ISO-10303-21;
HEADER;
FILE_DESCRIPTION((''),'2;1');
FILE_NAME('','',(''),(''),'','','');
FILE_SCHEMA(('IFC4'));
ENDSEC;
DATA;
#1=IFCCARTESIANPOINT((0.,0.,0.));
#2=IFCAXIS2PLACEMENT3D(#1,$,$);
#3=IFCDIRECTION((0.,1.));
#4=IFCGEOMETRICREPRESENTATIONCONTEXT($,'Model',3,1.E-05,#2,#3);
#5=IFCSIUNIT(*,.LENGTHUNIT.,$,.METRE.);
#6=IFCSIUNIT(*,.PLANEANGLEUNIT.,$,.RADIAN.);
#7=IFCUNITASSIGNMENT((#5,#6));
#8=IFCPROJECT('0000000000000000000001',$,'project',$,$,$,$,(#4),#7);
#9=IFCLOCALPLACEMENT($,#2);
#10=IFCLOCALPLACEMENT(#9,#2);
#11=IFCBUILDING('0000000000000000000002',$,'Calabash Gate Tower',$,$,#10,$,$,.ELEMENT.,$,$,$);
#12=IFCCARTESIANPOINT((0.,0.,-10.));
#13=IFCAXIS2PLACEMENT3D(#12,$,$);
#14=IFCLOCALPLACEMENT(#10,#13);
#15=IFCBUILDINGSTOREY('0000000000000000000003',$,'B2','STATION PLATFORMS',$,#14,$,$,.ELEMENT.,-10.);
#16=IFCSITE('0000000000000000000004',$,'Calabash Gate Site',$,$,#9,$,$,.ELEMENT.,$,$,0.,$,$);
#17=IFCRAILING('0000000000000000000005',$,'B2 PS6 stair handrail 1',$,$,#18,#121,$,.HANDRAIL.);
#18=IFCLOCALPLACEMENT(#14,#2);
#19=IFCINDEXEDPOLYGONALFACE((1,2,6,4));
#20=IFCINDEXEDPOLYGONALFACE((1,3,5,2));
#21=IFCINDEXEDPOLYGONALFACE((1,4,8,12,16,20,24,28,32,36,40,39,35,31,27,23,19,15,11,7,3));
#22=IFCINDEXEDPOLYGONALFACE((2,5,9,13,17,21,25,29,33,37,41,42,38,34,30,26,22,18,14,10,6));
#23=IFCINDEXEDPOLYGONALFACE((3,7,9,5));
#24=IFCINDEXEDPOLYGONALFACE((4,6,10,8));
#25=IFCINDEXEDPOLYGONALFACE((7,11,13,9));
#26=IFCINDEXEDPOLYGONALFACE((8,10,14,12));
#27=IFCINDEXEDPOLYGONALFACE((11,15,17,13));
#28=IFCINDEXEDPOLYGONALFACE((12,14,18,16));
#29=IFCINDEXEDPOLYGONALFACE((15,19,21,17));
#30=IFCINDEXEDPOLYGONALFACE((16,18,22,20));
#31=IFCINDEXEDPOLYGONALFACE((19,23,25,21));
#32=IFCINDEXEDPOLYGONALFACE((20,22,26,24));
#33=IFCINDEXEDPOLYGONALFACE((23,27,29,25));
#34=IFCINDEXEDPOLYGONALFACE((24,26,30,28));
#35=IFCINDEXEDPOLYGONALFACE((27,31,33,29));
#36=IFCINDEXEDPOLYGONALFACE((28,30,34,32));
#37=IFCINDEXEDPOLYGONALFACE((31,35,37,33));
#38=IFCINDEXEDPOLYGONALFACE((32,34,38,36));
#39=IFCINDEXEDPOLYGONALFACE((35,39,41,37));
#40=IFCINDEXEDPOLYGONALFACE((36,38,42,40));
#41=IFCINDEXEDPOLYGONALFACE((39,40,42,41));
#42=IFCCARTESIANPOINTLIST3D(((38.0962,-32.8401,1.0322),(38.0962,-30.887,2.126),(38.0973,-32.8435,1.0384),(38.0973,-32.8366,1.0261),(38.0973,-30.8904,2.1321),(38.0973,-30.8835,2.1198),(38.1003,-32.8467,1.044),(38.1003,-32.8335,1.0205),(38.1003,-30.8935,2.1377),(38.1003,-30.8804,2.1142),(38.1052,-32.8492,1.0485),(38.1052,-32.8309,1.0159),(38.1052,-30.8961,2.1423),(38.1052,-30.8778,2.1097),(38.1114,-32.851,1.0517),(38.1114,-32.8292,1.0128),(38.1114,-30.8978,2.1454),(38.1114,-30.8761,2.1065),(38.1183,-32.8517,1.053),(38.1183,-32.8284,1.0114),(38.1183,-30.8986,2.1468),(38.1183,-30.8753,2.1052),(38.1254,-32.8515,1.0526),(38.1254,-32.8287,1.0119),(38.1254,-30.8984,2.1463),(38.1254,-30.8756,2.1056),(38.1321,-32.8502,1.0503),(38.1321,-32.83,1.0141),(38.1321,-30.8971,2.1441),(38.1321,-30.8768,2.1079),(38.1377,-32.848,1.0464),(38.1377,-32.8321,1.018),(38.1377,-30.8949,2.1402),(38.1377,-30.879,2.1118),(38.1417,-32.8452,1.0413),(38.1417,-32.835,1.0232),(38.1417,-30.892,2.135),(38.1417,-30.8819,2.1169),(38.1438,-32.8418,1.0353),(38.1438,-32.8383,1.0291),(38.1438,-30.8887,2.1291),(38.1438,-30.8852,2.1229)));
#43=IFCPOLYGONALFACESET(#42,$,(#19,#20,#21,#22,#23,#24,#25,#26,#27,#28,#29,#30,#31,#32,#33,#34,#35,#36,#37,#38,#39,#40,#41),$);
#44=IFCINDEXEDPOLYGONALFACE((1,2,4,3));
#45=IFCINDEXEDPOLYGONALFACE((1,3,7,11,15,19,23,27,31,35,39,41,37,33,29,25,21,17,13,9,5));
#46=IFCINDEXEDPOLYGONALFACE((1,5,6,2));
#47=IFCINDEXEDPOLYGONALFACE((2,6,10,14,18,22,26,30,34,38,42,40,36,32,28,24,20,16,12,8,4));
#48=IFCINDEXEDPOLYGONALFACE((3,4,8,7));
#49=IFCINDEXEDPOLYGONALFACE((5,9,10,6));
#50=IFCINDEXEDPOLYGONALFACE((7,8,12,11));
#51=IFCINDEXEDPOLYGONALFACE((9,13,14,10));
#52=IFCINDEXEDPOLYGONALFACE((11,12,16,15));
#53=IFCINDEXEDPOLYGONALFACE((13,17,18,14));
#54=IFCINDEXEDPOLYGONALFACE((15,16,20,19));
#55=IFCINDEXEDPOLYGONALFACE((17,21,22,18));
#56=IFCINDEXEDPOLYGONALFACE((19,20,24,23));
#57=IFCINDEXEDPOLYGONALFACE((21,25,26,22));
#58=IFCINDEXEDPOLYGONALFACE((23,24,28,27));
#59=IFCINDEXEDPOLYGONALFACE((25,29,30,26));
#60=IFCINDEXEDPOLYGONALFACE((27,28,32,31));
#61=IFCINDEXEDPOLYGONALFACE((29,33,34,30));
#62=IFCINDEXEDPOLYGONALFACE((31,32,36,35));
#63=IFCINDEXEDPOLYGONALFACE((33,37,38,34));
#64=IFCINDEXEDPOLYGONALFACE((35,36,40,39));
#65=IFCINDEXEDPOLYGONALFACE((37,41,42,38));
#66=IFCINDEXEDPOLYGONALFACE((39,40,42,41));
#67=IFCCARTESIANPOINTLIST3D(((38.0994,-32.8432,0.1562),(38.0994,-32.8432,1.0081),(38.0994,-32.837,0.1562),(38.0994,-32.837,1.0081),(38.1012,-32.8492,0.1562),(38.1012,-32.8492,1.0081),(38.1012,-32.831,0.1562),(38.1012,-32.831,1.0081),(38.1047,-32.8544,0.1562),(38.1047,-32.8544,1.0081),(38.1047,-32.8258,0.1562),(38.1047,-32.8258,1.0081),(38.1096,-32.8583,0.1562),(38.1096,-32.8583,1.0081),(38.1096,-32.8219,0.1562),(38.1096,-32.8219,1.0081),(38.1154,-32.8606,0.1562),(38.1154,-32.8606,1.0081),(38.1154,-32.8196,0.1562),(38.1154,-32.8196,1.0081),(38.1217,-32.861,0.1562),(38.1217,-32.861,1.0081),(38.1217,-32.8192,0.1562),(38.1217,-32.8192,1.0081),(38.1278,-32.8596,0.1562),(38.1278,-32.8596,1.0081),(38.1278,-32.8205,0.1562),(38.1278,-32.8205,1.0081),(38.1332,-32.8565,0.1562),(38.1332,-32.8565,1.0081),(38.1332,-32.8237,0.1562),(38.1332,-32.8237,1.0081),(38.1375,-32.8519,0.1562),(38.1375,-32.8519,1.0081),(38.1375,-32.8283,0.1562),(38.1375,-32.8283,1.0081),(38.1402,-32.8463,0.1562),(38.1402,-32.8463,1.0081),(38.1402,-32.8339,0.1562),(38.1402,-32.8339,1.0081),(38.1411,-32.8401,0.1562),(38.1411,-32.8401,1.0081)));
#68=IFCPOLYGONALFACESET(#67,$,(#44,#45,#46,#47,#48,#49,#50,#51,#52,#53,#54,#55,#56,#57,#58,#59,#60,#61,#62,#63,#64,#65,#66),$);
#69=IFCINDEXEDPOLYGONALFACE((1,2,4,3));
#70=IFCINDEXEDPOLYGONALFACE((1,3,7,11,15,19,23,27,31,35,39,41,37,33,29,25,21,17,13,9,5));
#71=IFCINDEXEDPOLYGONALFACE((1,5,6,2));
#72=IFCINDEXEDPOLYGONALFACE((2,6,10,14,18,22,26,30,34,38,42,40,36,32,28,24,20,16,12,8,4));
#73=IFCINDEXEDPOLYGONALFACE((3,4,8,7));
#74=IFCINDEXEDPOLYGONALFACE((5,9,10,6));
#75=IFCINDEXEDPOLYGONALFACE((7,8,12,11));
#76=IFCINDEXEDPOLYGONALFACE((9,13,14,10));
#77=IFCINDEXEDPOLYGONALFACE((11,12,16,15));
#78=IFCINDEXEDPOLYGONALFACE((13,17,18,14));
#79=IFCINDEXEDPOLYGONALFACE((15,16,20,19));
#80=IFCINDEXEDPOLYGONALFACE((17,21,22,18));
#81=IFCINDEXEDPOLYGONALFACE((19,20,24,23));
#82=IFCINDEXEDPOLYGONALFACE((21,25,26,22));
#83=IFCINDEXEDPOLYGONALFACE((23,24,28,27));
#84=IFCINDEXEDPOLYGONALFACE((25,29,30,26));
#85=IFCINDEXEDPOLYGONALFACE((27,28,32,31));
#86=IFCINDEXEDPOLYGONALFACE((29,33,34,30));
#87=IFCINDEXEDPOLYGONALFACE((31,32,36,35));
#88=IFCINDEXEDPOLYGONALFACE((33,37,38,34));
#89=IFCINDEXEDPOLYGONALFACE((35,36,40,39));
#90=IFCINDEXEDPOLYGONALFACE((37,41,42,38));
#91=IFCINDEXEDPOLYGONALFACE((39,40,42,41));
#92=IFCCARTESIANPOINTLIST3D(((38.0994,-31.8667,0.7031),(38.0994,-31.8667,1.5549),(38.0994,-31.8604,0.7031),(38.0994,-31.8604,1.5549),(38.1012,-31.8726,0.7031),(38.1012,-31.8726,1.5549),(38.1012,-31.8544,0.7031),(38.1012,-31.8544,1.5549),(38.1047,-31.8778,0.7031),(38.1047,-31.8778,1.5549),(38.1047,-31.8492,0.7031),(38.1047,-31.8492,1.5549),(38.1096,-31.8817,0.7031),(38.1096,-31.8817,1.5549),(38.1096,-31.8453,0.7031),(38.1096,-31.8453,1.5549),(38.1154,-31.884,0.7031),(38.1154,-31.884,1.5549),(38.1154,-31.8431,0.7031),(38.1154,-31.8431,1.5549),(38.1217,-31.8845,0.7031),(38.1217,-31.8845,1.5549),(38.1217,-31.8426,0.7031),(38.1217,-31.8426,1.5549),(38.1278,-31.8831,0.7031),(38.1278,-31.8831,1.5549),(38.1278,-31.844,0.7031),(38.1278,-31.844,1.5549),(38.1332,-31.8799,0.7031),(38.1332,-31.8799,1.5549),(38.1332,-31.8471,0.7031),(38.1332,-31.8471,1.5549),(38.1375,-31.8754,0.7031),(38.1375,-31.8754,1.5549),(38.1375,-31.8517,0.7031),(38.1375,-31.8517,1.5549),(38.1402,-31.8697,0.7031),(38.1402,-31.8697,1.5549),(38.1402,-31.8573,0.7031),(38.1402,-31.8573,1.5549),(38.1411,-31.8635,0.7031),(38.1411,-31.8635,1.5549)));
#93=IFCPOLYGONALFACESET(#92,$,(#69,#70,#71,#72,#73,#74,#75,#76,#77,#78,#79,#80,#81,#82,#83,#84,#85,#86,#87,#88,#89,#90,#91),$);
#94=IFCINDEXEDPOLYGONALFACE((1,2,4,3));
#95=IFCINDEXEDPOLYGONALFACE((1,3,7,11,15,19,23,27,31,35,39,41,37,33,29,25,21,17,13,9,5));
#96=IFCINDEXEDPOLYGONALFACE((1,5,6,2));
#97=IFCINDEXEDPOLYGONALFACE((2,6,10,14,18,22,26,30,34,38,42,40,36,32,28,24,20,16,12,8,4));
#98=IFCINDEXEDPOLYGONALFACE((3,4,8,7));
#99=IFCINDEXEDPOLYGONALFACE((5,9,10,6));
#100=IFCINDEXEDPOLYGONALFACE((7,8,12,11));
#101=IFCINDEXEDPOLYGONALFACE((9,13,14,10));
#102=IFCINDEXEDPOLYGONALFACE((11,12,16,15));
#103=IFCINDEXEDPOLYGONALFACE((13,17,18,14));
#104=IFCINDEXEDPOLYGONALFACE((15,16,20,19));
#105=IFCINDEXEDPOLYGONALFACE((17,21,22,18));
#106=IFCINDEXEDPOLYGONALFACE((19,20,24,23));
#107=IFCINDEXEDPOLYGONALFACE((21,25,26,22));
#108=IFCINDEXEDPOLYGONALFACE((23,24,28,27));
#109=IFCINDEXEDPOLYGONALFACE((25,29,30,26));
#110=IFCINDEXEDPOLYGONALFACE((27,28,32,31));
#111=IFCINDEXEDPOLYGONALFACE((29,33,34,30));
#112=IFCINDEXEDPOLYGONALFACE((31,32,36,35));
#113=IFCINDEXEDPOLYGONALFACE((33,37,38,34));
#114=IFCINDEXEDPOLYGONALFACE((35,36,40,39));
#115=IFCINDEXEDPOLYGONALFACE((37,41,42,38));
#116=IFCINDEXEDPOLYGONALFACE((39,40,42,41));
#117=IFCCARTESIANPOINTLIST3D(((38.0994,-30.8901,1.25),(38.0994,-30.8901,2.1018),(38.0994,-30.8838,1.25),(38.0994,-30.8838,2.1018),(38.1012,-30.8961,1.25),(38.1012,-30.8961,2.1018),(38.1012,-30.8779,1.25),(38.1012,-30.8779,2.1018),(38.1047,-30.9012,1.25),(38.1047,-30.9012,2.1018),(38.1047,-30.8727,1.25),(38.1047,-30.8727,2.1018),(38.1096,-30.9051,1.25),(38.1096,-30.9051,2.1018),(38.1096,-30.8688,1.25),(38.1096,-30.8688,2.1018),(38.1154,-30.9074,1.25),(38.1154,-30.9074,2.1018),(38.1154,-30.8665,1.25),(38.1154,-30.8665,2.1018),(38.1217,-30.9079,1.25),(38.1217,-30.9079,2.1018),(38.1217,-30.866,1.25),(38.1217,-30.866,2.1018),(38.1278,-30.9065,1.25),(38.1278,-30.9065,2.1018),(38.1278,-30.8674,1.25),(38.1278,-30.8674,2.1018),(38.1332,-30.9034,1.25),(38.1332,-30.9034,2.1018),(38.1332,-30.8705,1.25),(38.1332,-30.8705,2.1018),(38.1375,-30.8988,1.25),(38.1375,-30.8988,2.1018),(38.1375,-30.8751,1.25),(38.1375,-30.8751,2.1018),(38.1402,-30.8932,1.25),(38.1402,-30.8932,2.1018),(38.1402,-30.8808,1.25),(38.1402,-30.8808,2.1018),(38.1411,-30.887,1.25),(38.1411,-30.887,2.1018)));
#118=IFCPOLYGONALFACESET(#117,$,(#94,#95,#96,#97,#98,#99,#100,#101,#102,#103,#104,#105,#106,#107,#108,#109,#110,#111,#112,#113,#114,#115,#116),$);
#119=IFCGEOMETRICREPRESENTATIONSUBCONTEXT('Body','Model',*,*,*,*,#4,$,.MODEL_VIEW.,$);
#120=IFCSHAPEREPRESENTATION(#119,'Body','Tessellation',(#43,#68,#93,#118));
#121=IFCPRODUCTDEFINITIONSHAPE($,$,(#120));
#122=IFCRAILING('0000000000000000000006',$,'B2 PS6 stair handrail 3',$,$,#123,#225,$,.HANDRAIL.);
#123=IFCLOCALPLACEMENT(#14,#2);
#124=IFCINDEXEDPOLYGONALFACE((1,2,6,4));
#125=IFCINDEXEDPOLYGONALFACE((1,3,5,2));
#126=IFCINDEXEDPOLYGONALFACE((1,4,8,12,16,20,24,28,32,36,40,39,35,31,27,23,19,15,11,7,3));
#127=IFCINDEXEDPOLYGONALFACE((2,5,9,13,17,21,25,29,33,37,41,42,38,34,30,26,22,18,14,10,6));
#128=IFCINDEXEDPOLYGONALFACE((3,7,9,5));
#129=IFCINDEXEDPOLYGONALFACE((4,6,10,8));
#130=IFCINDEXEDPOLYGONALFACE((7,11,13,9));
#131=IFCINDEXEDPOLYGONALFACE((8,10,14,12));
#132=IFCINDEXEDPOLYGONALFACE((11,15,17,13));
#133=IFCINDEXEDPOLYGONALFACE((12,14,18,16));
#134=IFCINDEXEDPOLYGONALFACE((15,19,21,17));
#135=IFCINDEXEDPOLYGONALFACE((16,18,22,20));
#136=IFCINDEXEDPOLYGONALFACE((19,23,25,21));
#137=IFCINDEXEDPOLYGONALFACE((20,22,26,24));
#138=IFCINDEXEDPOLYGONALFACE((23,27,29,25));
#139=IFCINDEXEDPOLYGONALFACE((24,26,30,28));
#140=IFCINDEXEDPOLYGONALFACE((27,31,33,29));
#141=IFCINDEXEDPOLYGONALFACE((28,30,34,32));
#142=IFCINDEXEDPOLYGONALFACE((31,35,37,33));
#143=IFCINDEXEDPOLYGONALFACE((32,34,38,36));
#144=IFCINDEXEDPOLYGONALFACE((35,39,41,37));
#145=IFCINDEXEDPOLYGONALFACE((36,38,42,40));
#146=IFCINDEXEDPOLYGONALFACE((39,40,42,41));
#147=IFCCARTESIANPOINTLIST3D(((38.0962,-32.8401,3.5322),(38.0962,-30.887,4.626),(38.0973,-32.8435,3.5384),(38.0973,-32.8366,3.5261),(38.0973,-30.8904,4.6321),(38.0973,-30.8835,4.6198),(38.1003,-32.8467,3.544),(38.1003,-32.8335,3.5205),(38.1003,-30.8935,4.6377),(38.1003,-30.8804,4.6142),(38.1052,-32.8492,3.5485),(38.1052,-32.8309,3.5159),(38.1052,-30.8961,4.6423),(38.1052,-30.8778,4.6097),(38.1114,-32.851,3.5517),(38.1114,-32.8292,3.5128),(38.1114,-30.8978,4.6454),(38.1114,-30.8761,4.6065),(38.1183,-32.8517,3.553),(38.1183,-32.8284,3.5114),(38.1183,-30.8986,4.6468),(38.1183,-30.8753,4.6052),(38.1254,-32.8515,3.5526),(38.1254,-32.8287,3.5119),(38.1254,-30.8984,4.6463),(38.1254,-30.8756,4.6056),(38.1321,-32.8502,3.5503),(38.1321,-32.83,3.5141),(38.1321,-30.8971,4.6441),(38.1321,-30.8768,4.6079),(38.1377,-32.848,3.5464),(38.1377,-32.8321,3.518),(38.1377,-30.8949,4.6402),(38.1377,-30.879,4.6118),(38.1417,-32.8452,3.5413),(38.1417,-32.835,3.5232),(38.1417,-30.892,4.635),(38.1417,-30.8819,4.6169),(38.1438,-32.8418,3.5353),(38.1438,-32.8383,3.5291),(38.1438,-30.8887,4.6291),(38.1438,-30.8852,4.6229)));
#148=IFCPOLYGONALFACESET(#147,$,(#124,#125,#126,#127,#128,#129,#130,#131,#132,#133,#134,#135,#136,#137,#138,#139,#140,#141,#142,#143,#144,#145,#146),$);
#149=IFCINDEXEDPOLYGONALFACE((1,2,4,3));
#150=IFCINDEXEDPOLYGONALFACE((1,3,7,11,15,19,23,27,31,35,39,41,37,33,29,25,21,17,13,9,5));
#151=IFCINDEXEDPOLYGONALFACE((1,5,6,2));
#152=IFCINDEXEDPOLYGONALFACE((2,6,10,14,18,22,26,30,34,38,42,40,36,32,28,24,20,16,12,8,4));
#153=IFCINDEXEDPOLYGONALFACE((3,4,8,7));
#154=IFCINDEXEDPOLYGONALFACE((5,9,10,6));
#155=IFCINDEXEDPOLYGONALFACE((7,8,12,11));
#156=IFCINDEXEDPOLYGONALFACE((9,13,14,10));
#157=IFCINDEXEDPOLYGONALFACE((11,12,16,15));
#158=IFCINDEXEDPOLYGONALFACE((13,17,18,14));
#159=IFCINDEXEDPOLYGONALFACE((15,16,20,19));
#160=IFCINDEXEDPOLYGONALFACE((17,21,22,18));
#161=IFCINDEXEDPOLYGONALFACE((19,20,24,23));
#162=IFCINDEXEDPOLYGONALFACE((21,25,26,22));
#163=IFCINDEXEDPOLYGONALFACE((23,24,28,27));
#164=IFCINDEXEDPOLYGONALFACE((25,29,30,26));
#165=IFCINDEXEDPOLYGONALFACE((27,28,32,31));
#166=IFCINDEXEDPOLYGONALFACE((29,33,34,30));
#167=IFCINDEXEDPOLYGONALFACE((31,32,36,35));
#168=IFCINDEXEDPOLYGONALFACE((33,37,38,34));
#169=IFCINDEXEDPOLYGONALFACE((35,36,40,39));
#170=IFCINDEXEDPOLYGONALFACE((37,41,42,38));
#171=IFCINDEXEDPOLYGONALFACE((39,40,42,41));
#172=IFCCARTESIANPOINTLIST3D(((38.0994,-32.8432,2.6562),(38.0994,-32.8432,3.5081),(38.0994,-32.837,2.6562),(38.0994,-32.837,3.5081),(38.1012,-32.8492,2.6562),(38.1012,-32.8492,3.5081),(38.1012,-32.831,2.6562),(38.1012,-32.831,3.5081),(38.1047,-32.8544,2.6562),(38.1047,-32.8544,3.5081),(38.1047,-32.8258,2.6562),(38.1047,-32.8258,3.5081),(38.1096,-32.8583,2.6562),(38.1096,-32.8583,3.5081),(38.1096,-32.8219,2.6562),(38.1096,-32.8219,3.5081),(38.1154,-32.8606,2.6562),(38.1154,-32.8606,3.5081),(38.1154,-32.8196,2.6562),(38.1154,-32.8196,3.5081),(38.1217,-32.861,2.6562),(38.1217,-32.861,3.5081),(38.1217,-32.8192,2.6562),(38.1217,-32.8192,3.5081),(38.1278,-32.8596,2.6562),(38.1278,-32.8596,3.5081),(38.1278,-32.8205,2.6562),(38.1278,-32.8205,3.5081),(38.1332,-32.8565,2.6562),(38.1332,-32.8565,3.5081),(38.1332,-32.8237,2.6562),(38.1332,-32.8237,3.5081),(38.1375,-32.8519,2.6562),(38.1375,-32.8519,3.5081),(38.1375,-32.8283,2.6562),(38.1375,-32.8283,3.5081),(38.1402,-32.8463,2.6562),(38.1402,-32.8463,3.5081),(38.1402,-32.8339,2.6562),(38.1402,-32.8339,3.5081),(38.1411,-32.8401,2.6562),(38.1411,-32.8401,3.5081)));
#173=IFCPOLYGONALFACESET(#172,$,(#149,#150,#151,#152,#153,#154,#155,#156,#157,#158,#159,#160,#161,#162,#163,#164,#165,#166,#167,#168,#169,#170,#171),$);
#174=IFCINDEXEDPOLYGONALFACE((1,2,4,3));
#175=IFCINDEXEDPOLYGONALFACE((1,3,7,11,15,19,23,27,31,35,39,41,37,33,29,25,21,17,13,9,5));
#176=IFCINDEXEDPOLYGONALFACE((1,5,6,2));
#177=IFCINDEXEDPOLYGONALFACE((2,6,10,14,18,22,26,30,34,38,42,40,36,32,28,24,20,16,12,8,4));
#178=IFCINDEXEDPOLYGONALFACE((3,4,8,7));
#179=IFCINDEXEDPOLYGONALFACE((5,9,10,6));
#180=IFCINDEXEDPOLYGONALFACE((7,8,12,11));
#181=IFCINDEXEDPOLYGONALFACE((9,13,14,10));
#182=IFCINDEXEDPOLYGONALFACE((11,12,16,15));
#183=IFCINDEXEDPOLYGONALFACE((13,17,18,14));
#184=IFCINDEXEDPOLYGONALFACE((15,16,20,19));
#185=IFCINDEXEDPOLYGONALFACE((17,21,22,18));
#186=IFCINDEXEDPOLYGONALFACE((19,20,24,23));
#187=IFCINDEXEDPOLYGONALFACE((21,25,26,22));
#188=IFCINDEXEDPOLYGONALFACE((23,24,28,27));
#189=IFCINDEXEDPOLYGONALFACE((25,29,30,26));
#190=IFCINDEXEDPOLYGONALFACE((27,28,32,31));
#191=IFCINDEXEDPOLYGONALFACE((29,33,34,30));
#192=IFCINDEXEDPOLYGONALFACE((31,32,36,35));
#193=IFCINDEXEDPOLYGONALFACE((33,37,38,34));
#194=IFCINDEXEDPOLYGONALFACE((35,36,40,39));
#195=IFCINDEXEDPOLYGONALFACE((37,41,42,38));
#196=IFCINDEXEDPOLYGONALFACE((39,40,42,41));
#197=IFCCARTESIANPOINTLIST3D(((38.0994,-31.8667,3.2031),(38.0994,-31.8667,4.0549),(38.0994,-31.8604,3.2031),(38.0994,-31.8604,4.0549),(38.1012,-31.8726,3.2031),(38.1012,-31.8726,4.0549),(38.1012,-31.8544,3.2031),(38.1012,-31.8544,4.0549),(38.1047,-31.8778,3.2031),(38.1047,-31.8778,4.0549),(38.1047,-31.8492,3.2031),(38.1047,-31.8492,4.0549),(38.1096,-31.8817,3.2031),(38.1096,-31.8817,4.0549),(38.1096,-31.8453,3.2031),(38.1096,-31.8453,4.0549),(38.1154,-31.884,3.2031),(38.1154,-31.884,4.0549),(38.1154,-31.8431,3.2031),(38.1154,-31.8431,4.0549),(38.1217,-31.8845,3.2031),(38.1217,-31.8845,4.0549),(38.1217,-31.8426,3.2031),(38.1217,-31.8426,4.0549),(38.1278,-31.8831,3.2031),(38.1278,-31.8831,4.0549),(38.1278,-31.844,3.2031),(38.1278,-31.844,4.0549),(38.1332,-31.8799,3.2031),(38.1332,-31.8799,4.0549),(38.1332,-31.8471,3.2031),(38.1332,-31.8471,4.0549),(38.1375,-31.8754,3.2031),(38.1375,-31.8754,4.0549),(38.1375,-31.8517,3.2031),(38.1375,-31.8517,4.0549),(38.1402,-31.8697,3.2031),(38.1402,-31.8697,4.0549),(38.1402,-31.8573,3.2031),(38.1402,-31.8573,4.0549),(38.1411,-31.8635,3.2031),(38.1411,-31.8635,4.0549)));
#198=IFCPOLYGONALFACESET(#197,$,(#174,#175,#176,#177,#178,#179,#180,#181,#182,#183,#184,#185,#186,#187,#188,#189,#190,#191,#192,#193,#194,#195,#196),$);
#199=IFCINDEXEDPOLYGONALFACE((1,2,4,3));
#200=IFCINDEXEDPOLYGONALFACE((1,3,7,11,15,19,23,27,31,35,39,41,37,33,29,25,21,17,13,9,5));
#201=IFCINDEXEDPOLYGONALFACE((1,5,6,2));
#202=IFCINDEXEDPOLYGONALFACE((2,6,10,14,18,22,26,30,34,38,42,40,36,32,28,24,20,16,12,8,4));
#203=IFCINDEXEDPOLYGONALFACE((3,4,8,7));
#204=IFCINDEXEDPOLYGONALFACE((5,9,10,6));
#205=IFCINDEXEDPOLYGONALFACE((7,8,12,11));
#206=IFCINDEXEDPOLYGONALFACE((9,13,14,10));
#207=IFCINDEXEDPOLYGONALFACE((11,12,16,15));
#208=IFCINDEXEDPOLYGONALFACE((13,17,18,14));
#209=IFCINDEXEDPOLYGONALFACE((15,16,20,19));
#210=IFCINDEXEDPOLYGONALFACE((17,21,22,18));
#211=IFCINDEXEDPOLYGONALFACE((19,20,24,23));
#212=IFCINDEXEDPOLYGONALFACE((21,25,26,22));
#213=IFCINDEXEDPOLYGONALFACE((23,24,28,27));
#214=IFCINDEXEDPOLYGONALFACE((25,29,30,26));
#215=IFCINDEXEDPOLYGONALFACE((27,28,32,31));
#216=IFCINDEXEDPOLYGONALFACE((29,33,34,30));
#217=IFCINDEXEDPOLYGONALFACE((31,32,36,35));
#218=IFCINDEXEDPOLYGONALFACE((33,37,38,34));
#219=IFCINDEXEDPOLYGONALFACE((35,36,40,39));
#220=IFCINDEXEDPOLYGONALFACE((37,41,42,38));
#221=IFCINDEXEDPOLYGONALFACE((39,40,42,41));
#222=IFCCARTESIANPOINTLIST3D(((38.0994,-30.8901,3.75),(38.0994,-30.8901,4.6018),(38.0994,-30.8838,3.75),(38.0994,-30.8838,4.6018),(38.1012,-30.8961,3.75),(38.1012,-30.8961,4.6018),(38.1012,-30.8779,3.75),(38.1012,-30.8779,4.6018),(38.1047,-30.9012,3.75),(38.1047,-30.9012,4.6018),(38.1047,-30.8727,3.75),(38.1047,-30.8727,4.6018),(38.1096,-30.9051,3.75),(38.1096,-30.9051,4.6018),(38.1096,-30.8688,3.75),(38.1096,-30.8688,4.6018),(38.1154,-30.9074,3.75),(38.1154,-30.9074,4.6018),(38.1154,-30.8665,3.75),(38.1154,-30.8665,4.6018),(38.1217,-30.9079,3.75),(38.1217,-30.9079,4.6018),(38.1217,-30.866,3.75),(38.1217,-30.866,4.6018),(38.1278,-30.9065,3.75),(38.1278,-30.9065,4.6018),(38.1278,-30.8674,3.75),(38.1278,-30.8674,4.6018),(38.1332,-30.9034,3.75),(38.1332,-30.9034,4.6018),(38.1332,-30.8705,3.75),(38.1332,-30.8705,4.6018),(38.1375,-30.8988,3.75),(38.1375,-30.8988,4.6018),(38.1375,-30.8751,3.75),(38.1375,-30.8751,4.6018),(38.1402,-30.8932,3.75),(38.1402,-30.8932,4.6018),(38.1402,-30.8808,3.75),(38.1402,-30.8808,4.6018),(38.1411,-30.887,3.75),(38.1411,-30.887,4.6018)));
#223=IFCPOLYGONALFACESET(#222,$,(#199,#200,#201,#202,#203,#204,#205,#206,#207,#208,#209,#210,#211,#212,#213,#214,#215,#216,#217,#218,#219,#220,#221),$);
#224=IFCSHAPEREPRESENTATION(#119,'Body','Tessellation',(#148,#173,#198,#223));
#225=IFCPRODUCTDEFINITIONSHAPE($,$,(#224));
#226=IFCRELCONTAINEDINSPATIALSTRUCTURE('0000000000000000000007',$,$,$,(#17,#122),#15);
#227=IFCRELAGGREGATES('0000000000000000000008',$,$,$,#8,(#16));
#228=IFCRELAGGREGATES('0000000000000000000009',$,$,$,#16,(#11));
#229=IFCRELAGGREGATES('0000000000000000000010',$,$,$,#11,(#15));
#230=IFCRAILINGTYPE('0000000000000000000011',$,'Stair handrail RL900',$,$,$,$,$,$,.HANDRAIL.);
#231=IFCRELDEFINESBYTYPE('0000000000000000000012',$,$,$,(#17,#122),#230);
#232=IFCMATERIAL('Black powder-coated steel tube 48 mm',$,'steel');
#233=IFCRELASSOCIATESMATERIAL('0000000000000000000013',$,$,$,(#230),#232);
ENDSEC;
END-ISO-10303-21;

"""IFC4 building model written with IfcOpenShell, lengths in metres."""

from ifc_helpers import new_model, si_unit, direction, frame, origin, origin_2d, place, context, subcontext, project, spatial, circle, extrude, material, type_object, element, save


model = new_model("IFC4")

# Units and contexts
model_context = context("Model", 3, precision=1e-05, world=origin(), true_north=direction((0.0, 1.0)))
body_context = subcontext(model_context, "Body", "Model", "MODEL_VIEW")
ifc_project = project(units=[si_unit("LENGTHUNIT", "METRE"), si_unit("PLANEANGLEUNIT", "RADIAN")], contexts=[model_context])

# Site, building, storey
site_placement = place(None, origin())
site = spatial("IfcSite", under=ifc_project, at=site_placement, Name="Calabash Gate Site", CompositionType="ELEMENT", RefElevation=0.0)
building_placement = place(site_placement, origin())
building = spatial("IfcBuilding", under=site, at=building_placement, Name="Calabash Gate Tower", CompositionType="ELEMENT")
storey_placement = place(building_placement, frame((0.0, 0.0, -10.0)))
storey = spatial("IfcBuildingStorey", under=building, at=storey_placement, Name="B2", Description="STATION PLATFORMS", CompositionType="ELEMENT", Elevation=-10.0)

# Railings
ifc_material_1 = material(Name="Black powder-coated steel tube 48 mm", Category="steel")
railing_type_1 = type_object("IfcRailingType", Name="Stair handrail RL900", PredefinedType="HANDRAIL", material=ifc_material_1)
for number, where, name in (
    (1, (38.1201, -32.8401, 0.1562), "B2 PS6 stair handrail 1"),
    (2, (38.1201, -32.8401, 2.6562), "B2 PS6 stair handrail 3"),
):
    element("IfcRailing", number, at=place(storey_placement, frame(where)), inside=storey, type_object=railing_type_1, Name=name, PredefinedType="HANDRAIL", context=body_context, shape_type="SweptSolid", body=[
        extrude(circle(Radius=0.0239, at=origin_2d()), frame((0.0, 0.0, 0.876), z_axis=(0.0, 0.872506, 0.488603), x_axis=(-1.0, 0.0, 0.0)), (0.0, 0.0, 1.0), 2.2385),
        extrude(circle(Radius=0.021, at=origin_2d()), origin(), (0.0, 0.0, 1.0), 0.8518),
        extrude(circle(Radius=0.021, at=origin_2d()), frame((0.0, 0.9766, 0.5469)), (0.0, 0.0, 1.0), 0.8518),
        extrude(circle(Radius=0.021, at=origin_2d()), frame((0.0, 1.9531, 1.0938)), (0.0, 0.0, 1.0), 0.8518),
    ])

save(model, "model.ifc")
